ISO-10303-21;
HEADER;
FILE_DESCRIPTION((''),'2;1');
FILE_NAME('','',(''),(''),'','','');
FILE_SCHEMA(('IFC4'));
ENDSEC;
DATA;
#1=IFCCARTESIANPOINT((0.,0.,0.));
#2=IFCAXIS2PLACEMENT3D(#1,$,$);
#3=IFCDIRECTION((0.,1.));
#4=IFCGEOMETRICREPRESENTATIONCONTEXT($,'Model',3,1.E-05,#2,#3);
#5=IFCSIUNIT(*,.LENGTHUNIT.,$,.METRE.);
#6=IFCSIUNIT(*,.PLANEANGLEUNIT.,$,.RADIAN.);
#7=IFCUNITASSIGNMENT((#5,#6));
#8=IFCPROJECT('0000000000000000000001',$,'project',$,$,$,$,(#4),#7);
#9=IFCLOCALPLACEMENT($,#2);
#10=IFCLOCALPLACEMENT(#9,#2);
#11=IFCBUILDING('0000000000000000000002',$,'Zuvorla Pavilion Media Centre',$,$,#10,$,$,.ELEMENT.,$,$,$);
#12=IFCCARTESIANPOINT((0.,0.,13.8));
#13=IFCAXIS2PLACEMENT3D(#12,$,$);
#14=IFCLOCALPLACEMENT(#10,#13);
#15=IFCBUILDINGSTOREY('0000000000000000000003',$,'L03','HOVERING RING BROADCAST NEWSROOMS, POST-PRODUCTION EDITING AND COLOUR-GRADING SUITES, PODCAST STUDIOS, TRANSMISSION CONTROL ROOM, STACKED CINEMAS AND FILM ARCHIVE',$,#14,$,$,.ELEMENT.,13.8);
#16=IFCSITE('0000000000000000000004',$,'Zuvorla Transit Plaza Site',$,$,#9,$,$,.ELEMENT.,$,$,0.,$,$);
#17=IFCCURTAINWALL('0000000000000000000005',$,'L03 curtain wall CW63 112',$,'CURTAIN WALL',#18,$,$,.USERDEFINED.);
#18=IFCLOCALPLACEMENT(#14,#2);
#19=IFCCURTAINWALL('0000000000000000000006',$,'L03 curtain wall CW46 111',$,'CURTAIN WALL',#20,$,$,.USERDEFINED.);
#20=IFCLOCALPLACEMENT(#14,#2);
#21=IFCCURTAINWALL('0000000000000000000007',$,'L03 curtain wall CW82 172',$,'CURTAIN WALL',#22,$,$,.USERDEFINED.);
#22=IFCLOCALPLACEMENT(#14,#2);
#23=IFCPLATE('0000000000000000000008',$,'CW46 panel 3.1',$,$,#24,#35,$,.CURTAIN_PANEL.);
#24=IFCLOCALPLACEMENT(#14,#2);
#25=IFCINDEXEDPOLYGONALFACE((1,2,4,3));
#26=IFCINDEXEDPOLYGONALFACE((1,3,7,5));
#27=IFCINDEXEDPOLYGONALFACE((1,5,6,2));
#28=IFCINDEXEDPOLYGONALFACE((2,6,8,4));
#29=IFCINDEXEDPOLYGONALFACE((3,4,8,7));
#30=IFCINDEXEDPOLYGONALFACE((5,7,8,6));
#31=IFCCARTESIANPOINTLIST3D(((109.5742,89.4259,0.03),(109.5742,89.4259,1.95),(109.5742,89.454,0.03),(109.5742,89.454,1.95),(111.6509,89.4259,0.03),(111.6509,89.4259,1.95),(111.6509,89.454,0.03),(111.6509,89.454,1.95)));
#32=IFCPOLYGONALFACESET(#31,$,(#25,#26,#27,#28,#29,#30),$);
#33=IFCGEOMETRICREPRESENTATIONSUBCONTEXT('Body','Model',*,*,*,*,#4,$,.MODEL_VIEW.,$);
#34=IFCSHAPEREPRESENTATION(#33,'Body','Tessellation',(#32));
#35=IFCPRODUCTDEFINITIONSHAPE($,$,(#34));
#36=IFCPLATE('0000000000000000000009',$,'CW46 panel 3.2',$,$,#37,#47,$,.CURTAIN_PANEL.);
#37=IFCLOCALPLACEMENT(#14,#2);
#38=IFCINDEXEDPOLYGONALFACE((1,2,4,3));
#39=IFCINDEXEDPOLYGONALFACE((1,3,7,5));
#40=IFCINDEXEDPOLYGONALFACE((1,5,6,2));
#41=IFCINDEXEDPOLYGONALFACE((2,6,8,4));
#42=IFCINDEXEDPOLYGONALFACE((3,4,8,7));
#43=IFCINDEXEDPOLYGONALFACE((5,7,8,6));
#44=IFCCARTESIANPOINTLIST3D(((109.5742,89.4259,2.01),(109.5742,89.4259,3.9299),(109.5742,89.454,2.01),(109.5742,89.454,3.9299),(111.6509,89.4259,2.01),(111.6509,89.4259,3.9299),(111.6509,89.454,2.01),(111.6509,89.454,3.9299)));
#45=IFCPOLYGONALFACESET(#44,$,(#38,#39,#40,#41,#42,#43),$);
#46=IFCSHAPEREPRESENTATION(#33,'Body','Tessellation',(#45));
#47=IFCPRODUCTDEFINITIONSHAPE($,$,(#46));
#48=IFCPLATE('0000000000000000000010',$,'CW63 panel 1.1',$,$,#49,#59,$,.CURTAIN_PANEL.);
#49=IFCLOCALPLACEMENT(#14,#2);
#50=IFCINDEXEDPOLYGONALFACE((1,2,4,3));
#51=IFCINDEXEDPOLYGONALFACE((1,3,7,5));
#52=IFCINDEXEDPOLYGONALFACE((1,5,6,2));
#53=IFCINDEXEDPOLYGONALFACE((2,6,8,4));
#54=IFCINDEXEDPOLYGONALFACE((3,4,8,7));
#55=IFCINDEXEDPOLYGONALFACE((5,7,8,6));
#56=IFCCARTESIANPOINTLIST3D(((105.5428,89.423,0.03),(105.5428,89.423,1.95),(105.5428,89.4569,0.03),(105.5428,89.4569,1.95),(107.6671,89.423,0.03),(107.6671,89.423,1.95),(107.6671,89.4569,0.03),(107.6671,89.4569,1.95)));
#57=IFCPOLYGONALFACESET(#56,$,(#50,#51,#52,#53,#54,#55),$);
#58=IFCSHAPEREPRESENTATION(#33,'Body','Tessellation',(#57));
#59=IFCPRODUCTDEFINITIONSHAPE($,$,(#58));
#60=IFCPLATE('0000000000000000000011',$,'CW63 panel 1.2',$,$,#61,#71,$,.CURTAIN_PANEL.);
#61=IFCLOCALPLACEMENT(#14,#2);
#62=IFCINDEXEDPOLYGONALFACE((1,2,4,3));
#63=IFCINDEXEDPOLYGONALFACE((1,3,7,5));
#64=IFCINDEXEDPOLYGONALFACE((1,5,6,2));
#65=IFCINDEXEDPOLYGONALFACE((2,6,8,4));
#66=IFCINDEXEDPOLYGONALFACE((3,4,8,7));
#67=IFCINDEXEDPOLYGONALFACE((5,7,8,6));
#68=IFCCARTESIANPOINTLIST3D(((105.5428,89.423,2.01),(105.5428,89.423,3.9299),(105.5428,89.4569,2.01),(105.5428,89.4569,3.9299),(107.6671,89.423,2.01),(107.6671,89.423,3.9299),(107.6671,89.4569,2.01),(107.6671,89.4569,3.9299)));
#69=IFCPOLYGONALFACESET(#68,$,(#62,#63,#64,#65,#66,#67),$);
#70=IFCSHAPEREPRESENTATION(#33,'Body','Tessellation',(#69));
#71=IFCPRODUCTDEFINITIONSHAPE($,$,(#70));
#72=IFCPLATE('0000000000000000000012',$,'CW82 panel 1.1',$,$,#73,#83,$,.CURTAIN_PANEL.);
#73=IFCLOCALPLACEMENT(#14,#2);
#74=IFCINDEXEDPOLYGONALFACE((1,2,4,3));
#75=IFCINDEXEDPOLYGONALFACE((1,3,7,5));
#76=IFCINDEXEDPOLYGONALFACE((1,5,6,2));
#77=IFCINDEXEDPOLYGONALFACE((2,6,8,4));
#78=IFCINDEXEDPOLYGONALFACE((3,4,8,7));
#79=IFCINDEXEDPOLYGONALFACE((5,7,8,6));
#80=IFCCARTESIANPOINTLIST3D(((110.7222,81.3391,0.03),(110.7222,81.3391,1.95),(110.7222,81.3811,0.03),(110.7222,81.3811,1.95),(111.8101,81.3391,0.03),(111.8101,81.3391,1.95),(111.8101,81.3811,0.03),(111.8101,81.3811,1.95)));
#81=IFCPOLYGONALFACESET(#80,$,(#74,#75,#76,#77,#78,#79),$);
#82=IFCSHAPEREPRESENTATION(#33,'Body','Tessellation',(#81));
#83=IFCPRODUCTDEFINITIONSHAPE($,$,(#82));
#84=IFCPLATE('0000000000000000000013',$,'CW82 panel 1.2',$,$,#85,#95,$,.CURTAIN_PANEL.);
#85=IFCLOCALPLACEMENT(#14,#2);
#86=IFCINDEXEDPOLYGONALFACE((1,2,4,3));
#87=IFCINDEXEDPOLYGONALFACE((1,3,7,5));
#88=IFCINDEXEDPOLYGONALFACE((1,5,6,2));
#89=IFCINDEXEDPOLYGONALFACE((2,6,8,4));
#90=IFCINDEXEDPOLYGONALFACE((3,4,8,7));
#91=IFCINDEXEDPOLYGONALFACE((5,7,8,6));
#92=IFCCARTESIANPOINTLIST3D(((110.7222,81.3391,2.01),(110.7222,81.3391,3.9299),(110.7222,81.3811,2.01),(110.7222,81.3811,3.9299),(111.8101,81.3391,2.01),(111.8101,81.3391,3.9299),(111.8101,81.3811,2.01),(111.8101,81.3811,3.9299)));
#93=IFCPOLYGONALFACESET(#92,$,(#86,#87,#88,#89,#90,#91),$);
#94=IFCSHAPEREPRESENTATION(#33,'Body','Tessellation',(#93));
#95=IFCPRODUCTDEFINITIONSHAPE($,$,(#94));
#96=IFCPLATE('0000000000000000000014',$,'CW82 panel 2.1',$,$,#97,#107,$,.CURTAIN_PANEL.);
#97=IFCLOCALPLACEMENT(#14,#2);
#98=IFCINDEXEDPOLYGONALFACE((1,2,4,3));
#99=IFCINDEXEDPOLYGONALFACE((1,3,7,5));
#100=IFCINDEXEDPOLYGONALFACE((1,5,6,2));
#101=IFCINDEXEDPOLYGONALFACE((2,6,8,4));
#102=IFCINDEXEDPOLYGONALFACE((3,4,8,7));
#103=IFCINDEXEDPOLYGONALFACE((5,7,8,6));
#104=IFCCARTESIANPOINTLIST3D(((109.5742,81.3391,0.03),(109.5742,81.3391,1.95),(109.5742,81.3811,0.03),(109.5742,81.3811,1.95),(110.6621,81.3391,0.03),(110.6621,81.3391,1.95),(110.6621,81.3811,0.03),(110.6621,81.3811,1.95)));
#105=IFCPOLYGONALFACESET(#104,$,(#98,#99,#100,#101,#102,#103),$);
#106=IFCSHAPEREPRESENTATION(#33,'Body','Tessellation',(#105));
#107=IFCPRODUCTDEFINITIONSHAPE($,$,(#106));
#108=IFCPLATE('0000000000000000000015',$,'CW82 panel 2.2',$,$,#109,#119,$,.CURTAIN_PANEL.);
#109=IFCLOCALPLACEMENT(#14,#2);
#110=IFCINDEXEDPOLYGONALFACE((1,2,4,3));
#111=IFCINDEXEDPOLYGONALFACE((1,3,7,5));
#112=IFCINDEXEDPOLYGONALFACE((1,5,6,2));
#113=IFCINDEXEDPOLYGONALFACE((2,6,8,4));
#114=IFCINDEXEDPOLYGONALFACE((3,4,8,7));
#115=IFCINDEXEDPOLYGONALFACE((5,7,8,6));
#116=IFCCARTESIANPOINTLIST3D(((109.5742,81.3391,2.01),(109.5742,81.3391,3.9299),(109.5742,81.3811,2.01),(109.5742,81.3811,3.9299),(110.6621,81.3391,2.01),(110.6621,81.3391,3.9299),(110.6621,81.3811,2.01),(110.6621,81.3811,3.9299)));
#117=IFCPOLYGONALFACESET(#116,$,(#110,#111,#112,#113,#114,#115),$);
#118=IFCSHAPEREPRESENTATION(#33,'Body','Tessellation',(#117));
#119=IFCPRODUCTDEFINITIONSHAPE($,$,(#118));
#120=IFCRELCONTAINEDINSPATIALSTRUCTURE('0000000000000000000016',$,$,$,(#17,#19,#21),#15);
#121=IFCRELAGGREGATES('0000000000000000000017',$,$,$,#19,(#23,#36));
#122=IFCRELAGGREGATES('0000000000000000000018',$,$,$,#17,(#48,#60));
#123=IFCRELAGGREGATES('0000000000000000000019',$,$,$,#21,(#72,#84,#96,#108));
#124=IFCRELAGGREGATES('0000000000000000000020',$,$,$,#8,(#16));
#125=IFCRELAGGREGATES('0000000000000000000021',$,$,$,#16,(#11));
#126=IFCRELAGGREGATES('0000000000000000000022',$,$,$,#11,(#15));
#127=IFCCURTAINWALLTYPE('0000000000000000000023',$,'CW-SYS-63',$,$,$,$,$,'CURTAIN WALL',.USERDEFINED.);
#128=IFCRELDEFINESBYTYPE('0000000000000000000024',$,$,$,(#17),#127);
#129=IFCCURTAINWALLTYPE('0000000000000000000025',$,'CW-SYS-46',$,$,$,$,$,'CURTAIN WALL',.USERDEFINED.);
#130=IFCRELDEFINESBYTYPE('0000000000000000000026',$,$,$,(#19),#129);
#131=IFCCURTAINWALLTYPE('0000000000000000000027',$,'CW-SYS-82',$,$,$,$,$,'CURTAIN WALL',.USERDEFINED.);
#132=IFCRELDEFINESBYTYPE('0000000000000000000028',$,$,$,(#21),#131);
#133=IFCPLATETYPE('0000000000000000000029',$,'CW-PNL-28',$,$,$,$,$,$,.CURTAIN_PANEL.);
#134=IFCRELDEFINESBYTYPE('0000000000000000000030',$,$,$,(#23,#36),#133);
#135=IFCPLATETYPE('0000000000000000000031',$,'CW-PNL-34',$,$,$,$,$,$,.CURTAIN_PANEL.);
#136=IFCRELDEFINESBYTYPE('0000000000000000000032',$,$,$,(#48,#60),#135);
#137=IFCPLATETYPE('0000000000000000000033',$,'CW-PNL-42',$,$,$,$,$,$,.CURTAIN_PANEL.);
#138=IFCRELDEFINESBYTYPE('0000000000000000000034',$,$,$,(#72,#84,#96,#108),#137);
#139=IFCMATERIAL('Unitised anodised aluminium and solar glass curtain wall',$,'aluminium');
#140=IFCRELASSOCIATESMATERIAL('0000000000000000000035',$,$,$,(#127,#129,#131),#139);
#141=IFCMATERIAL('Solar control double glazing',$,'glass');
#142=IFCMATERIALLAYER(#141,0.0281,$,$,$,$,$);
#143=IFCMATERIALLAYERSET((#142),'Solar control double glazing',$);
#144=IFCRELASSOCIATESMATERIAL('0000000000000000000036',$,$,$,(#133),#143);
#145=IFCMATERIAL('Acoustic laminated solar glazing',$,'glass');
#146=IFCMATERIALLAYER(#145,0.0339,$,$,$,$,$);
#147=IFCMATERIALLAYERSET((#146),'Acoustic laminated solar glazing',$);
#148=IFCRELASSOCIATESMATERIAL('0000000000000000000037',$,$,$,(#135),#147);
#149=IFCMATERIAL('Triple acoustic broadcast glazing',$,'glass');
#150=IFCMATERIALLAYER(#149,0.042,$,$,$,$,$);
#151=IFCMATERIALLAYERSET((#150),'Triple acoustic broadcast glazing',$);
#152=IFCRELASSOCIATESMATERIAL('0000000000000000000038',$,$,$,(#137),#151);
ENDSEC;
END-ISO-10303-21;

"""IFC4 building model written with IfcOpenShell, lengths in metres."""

from ifc_helpers import new_model, si_unit, direction, frame, origin, origin_2d, place, context, subcontext, project, spatial, rectangle, extrude, material, layer, layer_set, type_object, element, aggregate, save


model = new_model("IFC4")

# Units and contexts
model_context = context("Model", 3, precision=1e-05, world=origin(), true_north=direction((0.0, 1.0)))
body_context = subcontext(model_context, "Body", "Model", "MODEL_VIEW")
ifc_project = project(units=[si_unit("LENGTHUNIT", "METRE"), si_unit("PLANEANGLEUNIT", "RADIAN")], contexts=[model_context])

# Site, building, storey
site_placement = place(None, origin())
site = spatial("IfcSite", under=ifc_project, at=site_placement, Name="Zuvorla Transit Plaza Site", CompositionType="ELEMENT", RefElevation=0.0)
building_placement = place(site_placement, origin())
building = spatial("IfcBuilding", under=site, at=building_placement, Name="Zuvorla Pavilion Media Centre", CompositionType="ELEMENT")
storey_placement = place(building_placement, frame((0.0, 0.0, 13.8)))
storey = spatial("IfcBuildingStorey", under=building, at=storey_placement, Name="L03", Description="HOVERING RING BROADCAST NEWSROOMS, POST-PRODUCTION EDITING AND COLOUR-GRADING SUITES, PODCAST STUDIOS, TRANSMISSION CONTROL ROOM, STACKED CINEMAS AND FILM ARCHIVE", CompositionType="ELEMENT", Elevation=13.8)

# Curtain wall
ifc_material_1 = material(Name="Unitised anodised aluminium and solar glass curtain wall", Category="aluminium")
curtain_wall_type_1 = type_object("IfcCurtainWallType", Name="CW-SYS-63", ElementType="CURTAIN WALL", PredefinedType="USERDEFINED", material=ifc_material_1)
curtain_wall_1_placement = place(storey_placement, origin())
curtain_wall_1 = element("IfcCurtainWall", 1, at=curtain_wall_1_placement, inside=storey, type_object=curtain_wall_type_1, Name="L03 curtain wall CW63 112", ObjectType="CURTAIN WALL", PredefinedType="USERDEFINED")

# Curtain walls
curtain_wall_type_2 = type_object("IfcCurtainWallType", Name="CW-SYS-46", ElementType="CURTAIN WALL", PredefinedType="USERDEFINED", material=ifc_material_1)
curtain_wall_2_placement = place(storey_placement, origin())
curtain_wall_2 = element("IfcCurtainWall", 2, at=curtain_wall_2_placement, inside=storey, type_object=curtain_wall_type_2, Name="L03 curtain wall CW46 111", ObjectType="CURTAIN WALL", PredefinedType="USERDEFINED")
curtain_wall_type_3 = type_object("IfcCurtainWallType", Name="CW-SYS-82", ElementType="CURTAIN WALL", PredefinedType="USERDEFINED", material=ifc_material_1)
curtain_wall_3_placement = place(storey_placement, origin())
curtain_wall_3 = element("IfcCurtainWall", 3, at=curtain_wall_3_placement, inside=storey, type_object=curtain_wall_type_3, Name="L03 curtain wall CW82 172", ObjectType="CURTAIN WALL", PredefinedType="USERDEFINED")

# Plates
ifc_material_2 = material(Name="Solar control double glazing", Category="glass")
ifc_layer_1 = layer(ifc_material_2, 0.0281)
ifc_layer_set_1 = layer_set([ifc_layer_1], Name="Solar control double glazing")
plate_type_1 = type_object("IfcPlateType", Name="CW-PNL-28", PredefinedType="CURTAIN_PANEL", material=ifc_layer_set_1)
plate_1_placement = place(storey_placement, frame((110.6125, 89.4399, 0.03), z_axis=(0.0, 0.0, 1.0), x_axis=(-1.0, 0.0, 0.0)))
plate_1 = element("IfcPlate", 4, at=plate_1_placement, type_object=plate_type_1, Name="CW46 panel 3.1", PredefinedType="CURTAIN_PANEL", context=body_context, shape_type="SweptSolid", body=[
    extrude(rectangle(XDim=2.0767, YDim=0.0281, at=origin_2d()), origin(), (0.0, 0.0, 1.0), 1.9199),
])
plate_2_placement = place(storey_placement, frame((110.6125, 89.4399, 2.01), z_axis=(0.0, 0.0, 1.0), x_axis=(-1.0, 0.0, 0.0)))
plate_2 = element("IfcPlate", 5, at=plate_2_placement, type_object=plate_type_1, Name="CW46 panel 3.2", PredefinedType="CURTAIN_PANEL", context=body_context, shape_type="SweptSolid", body=[
    extrude(rectangle(XDim=2.0767, YDim=0.0281, at=origin_2d()), origin(), (0.0, 0.0, 1.0), 1.9199),
])
aggregate(curtain_wall_2, [plate_1, plate_2])
ifc_material_3 = material(Name="Acoustic laminated solar glazing", Category="glass")
ifc_layer_2 = layer(ifc_material_3, 0.0339)
ifc_layer_set_2 = layer_set([ifc_layer_2], Name="Acoustic laminated solar glazing")
plate_type_2 = type_object("IfcPlateType", Name="CW-PNL-34", PredefinedType="CURTAIN_PANEL", material=ifc_layer_set_2)
plate_3_placement = place(storey_placement, frame((106.605, 89.4399, 0.03), z_axis=(0.0, 0.0, 1.0), x_axis=(-1.0, 0.0, 0.0)))
plate_3 = element("IfcPlate", 6, at=plate_3_placement, type_object=plate_type_2, Name="CW63 panel 1.1", PredefinedType="CURTAIN_PANEL", context=body_context, shape_type="SweptSolid", body=[
    extrude(rectangle(XDim=2.1243, YDim=0.0339, at=origin_2d()), origin(), (0.0, 0.0, 1.0), 1.9199),
])
plate_4_placement = place(storey_placement, frame((106.605, 89.4399, 2.01), z_axis=(0.0, 0.0, 1.0), x_axis=(-1.0, 0.0, 0.0)))
plate_4 = element("IfcPlate", 7, at=plate_4_placement, type_object=plate_type_2, Name="CW63 panel 1.2", PredefinedType="CURTAIN_PANEL", context=body_context, shape_type="SweptSolid", body=[
    extrude(rectangle(XDim=2.1243, YDim=0.0339, at=origin_2d()), origin(), (0.0, 0.0, 1.0), 1.9199),
])
aggregate(curtain_wall_1, [plate_3, plate_4])
ifc_material_4 = material(Name="Triple acoustic broadcast glazing", Category="glass")
ifc_layer_3 = layer(ifc_material_4, 0.042)
ifc_layer_set_3 = layer_set([ifc_layer_3], Name="Triple acoustic broadcast glazing")
plate_type_3 = type_object("IfcPlateType", Name="CW-PNL-42", PredefinedType="CURTAIN_PANEL", material=ifc_layer_set_3)
plate_5_placement = place(storey_placement, frame((111.2661, 81.3601, 0.03), z_axis=(0.0, 0.0, 1.0), x_axis=(-1.0, 0.0, 0.0)))
plate_5 = element("IfcPlate", 8, at=plate_5_placement, type_object=plate_type_3, Name="CW82 panel 1.1", PredefinedType="CURTAIN_PANEL", context=body_context, shape_type="SweptSolid", body=[
    extrude(rectangle(XDim=1.0879, YDim=0.042, at=origin_2d()), origin(), (0.0, 0.0, 1.0), 1.9199),
])
plate_6_placement = place(storey_placement, frame((111.2661, 81.3601, 2.01), z_axis=(0.0, 0.0, 1.0), x_axis=(-1.0, 0.0, 0.0)))
plate_6 = element("IfcPlate", 9, at=plate_6_placement, type_object=plate_type_3, Name="CW82 panel 1.2", PredefinedType="CURTAIN_PANEL", context=body_context, shape_type="SweptSolid", body=[
    extrude(rectangle(XDim=1.0879, YDim=0.042, at=origin_2d()), origin(), (0.0, 0.0, 1.0), 1.9199),
])
plate_7_placement = place(storey_placement, frame((110.1182, 81.3601, 0.03), z_axis=(0.0, 0.0, 1.0), x_axis=(-1.0, 0.0, 0.0)))
plate_7 = element("IfcPlate", 10, at=plate_7_placement, type_object=plate_type_3, Name="CW82 panel 2.1", PredefinedType="CURTAIN_PANEL", context=body_context, shape_type="SweptSolid", body=[
    extrude(rectangle(XDim=1.0879, YDim=0.042, at=origin_2d()), origin(), (0.0, 0.0, 1.0), 1.9199),
])
plate_8_placement = place(storey_placement, frame((110.1182, 81.3601, 2.01), z_axis=(0.0, 0.0, 1.0), x_axis=(-1.0, 0.0, 0.0)))
plate_8 = element("IfcPlate", 11, at=plate_8_placement, type_object=plate_type_3, Name="CW82 panel 2.2", PredefinedType="CURTAIN_PANEL", context=body_context, shape_type="SweptSolid", body=[
    extrude(rectangle(XDim=1.0879, YDim=0.042, at=origin_2d()), origin(), (0.0, 0.0, 1.0), 1.9199),
])
aggregate(curtain_wall_3, [plate_5, plate_6, plate_7, plate_8])

save(model, "model.ifc")
